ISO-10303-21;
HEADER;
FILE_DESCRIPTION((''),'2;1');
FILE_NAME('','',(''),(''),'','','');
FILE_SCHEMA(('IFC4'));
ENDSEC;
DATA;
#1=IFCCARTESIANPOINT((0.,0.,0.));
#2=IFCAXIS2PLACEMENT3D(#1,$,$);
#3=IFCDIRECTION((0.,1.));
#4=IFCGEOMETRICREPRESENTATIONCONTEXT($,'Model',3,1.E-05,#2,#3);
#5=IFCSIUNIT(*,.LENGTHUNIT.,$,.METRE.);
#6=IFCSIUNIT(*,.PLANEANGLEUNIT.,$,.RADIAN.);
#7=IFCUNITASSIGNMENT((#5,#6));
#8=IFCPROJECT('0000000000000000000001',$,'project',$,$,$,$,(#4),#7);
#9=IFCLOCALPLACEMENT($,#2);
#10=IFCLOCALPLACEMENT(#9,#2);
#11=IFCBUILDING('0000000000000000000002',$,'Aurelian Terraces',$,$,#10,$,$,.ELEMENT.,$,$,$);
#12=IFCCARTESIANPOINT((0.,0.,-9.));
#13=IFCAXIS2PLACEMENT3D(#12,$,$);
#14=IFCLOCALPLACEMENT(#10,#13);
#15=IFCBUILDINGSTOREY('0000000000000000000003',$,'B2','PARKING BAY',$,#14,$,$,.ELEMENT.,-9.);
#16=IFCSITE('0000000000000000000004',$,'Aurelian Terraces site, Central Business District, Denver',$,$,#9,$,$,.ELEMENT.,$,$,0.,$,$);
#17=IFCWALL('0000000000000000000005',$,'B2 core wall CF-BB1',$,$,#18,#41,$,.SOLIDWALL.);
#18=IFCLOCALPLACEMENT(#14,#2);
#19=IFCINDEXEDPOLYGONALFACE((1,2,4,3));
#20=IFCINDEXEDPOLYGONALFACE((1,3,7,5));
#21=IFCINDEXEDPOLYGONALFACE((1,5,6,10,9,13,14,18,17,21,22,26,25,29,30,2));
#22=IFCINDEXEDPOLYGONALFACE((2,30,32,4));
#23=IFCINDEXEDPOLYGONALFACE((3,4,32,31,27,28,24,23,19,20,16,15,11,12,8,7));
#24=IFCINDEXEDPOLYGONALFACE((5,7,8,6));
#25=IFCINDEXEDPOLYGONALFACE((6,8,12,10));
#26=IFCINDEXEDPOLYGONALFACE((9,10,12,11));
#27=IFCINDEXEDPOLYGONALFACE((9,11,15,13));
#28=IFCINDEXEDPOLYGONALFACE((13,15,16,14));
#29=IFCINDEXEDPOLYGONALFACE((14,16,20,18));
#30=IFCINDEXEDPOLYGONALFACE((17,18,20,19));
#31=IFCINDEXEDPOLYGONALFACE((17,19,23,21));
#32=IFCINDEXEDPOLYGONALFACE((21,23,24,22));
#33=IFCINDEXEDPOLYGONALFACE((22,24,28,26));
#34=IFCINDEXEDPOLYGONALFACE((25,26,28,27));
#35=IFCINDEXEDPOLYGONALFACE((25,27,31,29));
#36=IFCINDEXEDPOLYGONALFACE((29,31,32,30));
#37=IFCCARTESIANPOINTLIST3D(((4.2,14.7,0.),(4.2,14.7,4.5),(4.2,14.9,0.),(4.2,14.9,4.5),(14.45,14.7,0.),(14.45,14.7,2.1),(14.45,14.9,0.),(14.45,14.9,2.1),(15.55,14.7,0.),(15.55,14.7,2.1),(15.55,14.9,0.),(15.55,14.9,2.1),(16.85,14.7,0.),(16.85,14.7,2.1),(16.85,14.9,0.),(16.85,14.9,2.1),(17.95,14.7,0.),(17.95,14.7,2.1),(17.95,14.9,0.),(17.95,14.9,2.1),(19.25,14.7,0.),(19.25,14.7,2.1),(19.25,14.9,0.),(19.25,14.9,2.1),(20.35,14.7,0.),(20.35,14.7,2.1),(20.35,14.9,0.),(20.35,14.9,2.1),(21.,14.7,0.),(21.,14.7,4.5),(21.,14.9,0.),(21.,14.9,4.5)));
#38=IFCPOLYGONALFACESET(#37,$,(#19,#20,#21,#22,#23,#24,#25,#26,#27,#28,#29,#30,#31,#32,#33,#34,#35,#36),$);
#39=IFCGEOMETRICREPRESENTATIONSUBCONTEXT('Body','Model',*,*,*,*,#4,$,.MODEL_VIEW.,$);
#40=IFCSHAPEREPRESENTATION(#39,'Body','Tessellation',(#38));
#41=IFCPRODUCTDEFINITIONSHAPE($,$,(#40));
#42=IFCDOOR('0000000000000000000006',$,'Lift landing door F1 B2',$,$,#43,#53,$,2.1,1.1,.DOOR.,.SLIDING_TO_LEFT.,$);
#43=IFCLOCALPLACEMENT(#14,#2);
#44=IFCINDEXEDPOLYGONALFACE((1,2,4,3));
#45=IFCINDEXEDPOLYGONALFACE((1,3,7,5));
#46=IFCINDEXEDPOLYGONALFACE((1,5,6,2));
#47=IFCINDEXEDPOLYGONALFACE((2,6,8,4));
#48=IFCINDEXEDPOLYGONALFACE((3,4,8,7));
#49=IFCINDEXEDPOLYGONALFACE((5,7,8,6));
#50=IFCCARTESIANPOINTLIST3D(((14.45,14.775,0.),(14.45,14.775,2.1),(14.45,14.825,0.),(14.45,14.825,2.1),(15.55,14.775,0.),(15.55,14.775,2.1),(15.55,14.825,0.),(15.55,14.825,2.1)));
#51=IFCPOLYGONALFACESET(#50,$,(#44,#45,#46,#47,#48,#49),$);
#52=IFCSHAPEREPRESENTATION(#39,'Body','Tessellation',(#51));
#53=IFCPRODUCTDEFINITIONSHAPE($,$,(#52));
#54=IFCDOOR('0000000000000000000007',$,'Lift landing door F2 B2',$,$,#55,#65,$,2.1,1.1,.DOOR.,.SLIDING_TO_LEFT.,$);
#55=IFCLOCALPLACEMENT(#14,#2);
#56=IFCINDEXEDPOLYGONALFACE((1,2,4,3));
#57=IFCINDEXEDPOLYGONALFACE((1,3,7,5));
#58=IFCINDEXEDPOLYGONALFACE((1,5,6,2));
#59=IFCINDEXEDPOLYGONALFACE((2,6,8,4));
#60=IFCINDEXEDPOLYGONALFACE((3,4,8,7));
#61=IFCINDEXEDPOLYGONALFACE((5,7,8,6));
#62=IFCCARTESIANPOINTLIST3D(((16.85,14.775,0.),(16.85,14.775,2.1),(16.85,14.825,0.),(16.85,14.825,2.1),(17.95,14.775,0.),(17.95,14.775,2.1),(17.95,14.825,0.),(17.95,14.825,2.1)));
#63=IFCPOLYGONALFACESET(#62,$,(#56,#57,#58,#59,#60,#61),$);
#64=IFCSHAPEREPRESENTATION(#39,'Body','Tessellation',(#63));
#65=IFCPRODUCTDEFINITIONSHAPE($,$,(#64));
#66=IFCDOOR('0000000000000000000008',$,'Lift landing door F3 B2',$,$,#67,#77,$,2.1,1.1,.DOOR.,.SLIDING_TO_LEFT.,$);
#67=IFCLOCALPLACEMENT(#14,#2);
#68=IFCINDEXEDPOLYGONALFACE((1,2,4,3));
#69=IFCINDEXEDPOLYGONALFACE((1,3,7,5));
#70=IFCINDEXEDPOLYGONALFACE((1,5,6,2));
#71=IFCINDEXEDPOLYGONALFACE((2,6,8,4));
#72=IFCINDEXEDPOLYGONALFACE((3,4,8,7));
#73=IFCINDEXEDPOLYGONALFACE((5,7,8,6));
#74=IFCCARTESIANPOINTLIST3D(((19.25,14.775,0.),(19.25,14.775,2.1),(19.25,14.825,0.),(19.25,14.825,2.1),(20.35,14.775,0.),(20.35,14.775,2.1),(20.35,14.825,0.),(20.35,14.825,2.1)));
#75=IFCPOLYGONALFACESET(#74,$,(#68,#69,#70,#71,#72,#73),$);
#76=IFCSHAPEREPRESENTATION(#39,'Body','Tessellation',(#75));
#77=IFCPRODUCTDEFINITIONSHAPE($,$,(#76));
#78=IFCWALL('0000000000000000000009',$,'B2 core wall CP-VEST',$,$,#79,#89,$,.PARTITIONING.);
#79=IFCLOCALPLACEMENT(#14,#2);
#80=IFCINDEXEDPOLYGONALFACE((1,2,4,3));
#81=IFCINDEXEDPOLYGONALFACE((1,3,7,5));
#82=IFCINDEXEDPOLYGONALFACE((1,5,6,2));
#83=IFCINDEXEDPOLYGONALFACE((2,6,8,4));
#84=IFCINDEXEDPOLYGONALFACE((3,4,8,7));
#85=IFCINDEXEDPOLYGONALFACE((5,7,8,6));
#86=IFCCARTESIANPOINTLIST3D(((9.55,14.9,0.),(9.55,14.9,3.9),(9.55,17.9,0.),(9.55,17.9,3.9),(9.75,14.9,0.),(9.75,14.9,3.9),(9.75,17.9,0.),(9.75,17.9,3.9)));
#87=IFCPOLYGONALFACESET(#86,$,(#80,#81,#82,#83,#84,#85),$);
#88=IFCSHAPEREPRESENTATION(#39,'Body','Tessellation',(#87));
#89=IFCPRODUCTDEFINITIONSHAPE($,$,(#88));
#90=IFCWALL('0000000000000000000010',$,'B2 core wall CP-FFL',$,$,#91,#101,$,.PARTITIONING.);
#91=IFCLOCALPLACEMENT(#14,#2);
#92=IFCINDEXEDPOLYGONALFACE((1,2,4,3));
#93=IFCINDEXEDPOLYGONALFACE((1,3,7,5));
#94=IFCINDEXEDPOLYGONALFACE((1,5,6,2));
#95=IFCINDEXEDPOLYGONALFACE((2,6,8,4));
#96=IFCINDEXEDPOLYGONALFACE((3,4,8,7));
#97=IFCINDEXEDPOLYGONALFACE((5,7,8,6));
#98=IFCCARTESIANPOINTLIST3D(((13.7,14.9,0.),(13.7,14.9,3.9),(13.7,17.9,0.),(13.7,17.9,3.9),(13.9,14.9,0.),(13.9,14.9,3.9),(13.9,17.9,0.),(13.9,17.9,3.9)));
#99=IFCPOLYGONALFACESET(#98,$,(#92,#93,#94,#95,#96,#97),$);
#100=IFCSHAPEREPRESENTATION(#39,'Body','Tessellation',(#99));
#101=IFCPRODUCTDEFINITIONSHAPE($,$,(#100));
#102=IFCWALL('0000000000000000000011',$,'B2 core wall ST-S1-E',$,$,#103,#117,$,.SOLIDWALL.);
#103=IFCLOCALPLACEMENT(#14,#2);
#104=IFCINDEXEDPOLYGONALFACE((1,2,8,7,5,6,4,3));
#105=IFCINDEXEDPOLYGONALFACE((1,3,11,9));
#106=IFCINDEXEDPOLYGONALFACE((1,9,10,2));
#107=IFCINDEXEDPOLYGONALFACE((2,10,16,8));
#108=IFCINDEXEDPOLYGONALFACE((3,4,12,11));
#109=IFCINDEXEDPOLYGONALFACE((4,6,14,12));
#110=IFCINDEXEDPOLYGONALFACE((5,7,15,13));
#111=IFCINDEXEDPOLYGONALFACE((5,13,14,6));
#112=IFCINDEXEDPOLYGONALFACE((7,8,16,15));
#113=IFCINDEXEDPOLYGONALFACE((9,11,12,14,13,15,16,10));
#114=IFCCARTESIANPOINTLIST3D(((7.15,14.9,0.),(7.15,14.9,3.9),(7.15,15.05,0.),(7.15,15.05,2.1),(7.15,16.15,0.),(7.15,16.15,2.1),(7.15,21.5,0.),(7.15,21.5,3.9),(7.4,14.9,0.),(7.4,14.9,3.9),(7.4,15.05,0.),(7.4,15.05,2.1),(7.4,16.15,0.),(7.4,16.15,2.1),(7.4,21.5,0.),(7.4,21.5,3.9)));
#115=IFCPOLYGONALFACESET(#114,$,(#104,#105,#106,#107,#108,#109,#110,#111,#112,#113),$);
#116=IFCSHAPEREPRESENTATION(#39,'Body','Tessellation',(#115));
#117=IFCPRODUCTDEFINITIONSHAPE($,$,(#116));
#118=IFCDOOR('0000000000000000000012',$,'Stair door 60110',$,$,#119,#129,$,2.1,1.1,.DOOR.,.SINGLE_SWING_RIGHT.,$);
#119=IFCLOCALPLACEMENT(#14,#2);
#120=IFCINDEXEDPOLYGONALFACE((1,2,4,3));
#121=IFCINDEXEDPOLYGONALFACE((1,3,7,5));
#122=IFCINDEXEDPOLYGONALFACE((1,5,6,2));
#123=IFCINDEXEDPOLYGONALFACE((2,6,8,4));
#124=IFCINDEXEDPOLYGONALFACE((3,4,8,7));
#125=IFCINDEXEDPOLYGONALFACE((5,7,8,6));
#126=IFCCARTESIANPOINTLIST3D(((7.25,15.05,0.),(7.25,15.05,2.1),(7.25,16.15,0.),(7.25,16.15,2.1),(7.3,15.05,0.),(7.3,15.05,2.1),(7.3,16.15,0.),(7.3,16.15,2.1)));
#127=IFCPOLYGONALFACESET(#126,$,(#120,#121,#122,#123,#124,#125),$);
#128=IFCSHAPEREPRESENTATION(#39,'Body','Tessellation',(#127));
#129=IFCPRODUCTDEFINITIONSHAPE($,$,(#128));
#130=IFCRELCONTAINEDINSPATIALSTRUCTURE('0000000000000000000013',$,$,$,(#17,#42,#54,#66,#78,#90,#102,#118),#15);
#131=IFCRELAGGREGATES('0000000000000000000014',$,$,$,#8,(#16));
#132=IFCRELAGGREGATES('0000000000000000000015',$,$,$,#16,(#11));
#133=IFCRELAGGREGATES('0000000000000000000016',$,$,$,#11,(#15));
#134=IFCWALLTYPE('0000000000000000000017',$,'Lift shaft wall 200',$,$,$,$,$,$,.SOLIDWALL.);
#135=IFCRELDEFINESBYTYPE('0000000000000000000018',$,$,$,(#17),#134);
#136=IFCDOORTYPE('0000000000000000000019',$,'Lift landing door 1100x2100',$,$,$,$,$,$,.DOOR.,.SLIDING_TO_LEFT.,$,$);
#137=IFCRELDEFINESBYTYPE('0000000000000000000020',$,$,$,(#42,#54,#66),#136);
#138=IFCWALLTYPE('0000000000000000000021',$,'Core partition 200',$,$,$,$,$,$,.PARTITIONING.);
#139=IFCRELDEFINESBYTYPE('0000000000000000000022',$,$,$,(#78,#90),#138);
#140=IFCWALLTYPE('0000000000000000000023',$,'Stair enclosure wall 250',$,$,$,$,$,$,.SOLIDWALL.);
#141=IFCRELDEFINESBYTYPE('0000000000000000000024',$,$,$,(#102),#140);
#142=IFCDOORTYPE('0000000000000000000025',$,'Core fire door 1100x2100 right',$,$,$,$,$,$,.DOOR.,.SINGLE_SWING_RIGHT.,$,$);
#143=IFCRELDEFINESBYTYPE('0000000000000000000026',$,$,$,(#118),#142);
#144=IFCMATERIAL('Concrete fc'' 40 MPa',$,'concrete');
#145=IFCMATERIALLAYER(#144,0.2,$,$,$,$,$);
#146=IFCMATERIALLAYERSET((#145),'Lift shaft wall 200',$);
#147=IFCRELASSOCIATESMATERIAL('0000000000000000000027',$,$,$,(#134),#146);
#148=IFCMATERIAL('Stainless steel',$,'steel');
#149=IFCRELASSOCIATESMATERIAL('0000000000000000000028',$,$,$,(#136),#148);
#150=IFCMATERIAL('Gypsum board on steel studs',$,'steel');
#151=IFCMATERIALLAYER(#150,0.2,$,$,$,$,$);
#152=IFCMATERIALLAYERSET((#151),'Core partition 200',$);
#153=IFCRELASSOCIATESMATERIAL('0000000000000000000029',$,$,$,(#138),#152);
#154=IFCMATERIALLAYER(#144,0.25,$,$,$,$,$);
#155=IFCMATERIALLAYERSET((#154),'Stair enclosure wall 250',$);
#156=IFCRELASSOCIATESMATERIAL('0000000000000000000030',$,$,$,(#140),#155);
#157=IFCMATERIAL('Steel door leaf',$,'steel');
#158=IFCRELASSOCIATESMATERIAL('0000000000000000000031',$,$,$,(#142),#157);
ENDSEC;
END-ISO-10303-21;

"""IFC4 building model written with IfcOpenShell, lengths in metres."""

from ifc_helpers import new_model, si_unit, direction, frame, frame_2d, origin, place, context, subcontext, project, spatial, rectangle, extrude, source, transform, mapped, material, layer, layer_set, type_object, element, fill, save


model = new_model("IFC4")

# Units and contexts
model_context = context("Model", 3, precision=1e-05, world=origin(), true_north=direction((0.0, 1.0)))
body_context = subcontext(model_context, "Body", "Model", "MODEL_VIEW")
ifc_project = project(units=[si_unit("LENGTHUNIT", "METRE"), si_unit("PLANEANGLEUNIT", "RADIAN")], contexts=[model_context])

# Site, building, storey
site_placement = place(None, origin())
site = spatial("IfcSite", under=ifc_project, at=site_placement, Name="Aurelian Terraces site, Central Business District, Denver", CompositionType="ELEMENT", RefElevation=0.0)
building_placement = place(site_placement, origin())
building = spatial("IfcBuilding", under=site, at=building_placement, Name="Aurelian Terraces", CompositionType="ELEMENT")
storey_placement = place(building_placement, frame((0.0, 0.0, -9.0)))
storey = spatial("IfcBuildingStorey", under=building, at=storey_placement, Name="B2", Description="PARKING BAY", CompositionType="ELEMENT", Elevation=-9.0)

# Shared definitions
ifc_material_1 = material(Name="Steel door leaf", Category="steel")

# Shared definitions
ifc_material_2 = material(Name="Concrete fc' 40 MPa", Category="concrete")
ifc_layer_1 = layer(ifc_material_2, 0.2)
ifc_layer_set_1 = layer_set([ifc_layer_1], Name="Lift shaft wall 200")
wall_type_1 = type_object("IfcWallType", Name="Lift shaft wall 200", PredefinedType="SOLIDWALL", material=ifc_layer_set_1)

# Wall, openings, doors
shared_shape_1 = source(origin(), body_context, "Body", "SweptSolid", [
    extrude(rectangle(XDim=16.8, YDim=0.2, at=frame_2d((8.4, 0.0))), origin(), (0.0, 0.0, 1.0), 4.5),
])
wall_1_placement = place(storey_placement, frame((4.2, 14.8, 0.0), z_axis=(0.0, 0.0, 1.0), x_axis=(1.0, 0.0, 0.0)))
wall_1 = element("IfcWall", 1, at=wall_1_placement, inside=storey, type_object=wall_type_1, Name="B2 core wall CF-BB1", PredefinedType="SOLIDWALL", context=body_context, shape_type="MappedRepresentation", body=[
    mapped(shared_shape_1, transform((0.0, 0.0, 0.0), scale=1.0)),
])
shared_shape_2 = source(origin(), body_context, "Body", "SweptSolid", [
    extrude(rectangle(XDim=1.1, YDim=2.1, at=frame_2d((0.55, 1.05))), frame((0.0, 0.11, 0.0), z_axis=(0.0, -1.0, 0.0), x_axis=(1.0, 0.0, 0.0)), (0.0, 0.0, 1.0), 0.22),
])
opening_1_placement = place(wall_1_placement, frame((10.25, 0.0, 0.0)))
opening_1 = element("IfcOpeningElement", 2, at=opening_1_placement, cuts=wall_1, PredefinedType="OPENING", context=body_context, shape_type="MappedRepresentation", body=[
    mapped(shared_shape_2, transform((0.0, 0.0, 0.0), scale=1.0)),
])
opening_2_placement = place(wall_1_placement, frame((12.65, 0.0, 0.0)))
opening_2 = element("IfcOpeningElement", 3, at=opening_2_placement, cuts=wall_1, PredefinedType="OPENING", context=body_context, shape_type="MappedRepresentation", body=[
    mapped(shared_shape_2, transform((0.0, 0.0, 0.0), scale=1.0)),
])
opening_3_placement = place(wall_1_placement, frame((15.05, 0.0, 0.0)))
opening_3 = element("IfcOpeningElement", 4, at=opening_3_placement, cuts=wall_1, PredefinedType="OPENING", context=body_context, shape_type="MappedRepresentation", body=[
    mapped(shared_shape_2, transform((0.0, 0.0, 0.0), scale=1.0)),
])
ifc_material_3 = material(Name="Stainless steel", Category="steel")
door_type_1 = type_object("IfcDoorType", Name="Lift landing door 1100x2100", OperationType="SLIDING_TO_LEFT", PredefinedType="DOOR", material=ifc_material_3)
shared_shape_3 = source(origin(), body_context, "Body", "SweptSolid", [
    extrude(rectangle(XDim=1.1, YDim=2.1, at=frame_2d((0.55, 1.05))), frame((0.0, 0.025, 0.0), z_axis=(0.0, -1.0, 0.0), x_axis=(1.0, 0.0, 0.0)), (0.0, 0.0, 1.0), 0.05),
])
door_1_placement = place(opening_1_placement, origin())
door_1 = element("IfcDoor", 5, at=door_1_placement, inside=storey, type_object=door_type_1, Name="Lift landing door F1 B2", OperationType="SLIDING_TO_LEFT", OverallHeight=2.1, OverallWidth=1.1, PredefinedType="DOOR", context=body_context, shape_type="MappedRepresentation", body=[
    mapped(shared_shape_3, transform((0.0, 0.0, 0.0), scale=1.0)),
])
fill(opening_1, door_1)
door_2_placement = place(opening_2_placement, origin())
door_2 = element("IfcDoor", 6, at=door_2_placement, inside=storey, type_object=door_type_1, Name="Lift landing door F2 B2", OperationType="SLIDING_TO_LEFT", OverallHeight=2.1, OverallWidth=1.1, PredefinedType="DOOR", context=body_context, shape_type="MappedRepresentation", body=[
    mapped(shared_shape_3, transform((0.0, 0.0, 0.0), scale=1.0)),
])
fill(opening_2, door_2)
door_3_placement = place(opening_3_placement, origin())
door_3 = element("IfcDoor", 7, at=door_3_placement, inside=storey, type_object=door_type_1, Name="Lift landing door F3 B2", OperationType="SLIDING_TO_LEFT", OverallHeight=2.1, OverallWidth=1.1, PredefinedType="DOOR", context=body_context, shape_type="MappedRepresentation", body=[
    mapped(shared_shape_3, transform((0.0, 0.0, 0.0), scale=1.0)),
])
fill(opening_3, door_3)

# Walls
ifc_material_4 = material(Name="Gypsum board on steel studs", Category="steel")
ifc_layer_2 = layer(ifc_material_4, 0.2)
ifc_layer_set_2 = layer_set([ifc_layer_2], Name="Core partition 200")
wall_type_2 = type_object("IfcWallType", Name="Core partition 200", PredefinedType="PARTITIONING", material=ifc_layer_set_2)
shared_shape_4 = source(origin(), body_context, "Body", "SweptSolid", [
    extrude(rectangle(XDim=3.0, YDim=0.2, at=frame_2d((1.5, 0.0))), origin(), (0.0, 0.0, 1.0), 3.9),
])
for number, where, z_axis, x_axis, name in (
    (8, (9.65, 14.9, 0.0), (0.0, 0.0, 1.0), (0.0, 1.0, 0.0), "B2 core wall CP-VEST"),
    (9, (13.8, 14.9, 0.0), (0.0, 0.0, 1.0), (0.0, 1.0, 0.0), "B2 core wall CP-FFL"),
):
    element("IfcWall", number, at=place(storey_placement, frame(where, z_axis=z_axis, x_axis=x_axis)), inside=storey, type_object=wall_type_2, Name=name, PredefinedType="PARTITIONING", context=body_context, shape_type="MappedRepresentation", body=[
        mapped(shared_shape_4, transform((0.0, 0.0, 0.0), scale=1.0)),
    ])

# Wall, opening, door
ifc_layer_3 = layer(ifc_material_2, 0.25)
ifc_layer_set_3 = layer_set([ifc_layer_3], Name="Stair enclosure wall 250")
wall_type_3 = type_object("IfcWallType", Name="Stair enclosure wall 250", PredefinedType="SOLIDWALL", material=ifc_layer_set_3)
shared_shape_5 = source(origin(), body_context, "Body", "SweptSolid", [
    extrude(rectangle(XDim=6.6, YDim=0.25, at=frame_2d((3.3, 0.0))), origin(), (0.0, 0.0, 1.0), 3.9),
])
wall_2_placement = place(storey_placement, frame((7.275, 14.9, 0.0), z_axis=(0.0, 0.0, 1.0), x_axis=(0.0, 1.0, 0.0)))
wall_2 = element("IfcWall", 10, at=wall_2_placement, inside=storey, type_object=wall_type_3, Name="B2 core wall ST-S1-E", PredefinedType="SOLIDWALL", context=body_context, shape_type="MappedRepresentation", body=[
    mapped(shared_shape_5, transform((0.0, 0.0, 0.0), scale=1.0)),
])
shared_shape_6 = source(origin(), body_context, "Body", "SweptSolid", [
    extrude(rectangle(XDim=1.1, YDim=2.1, at=frame_2d((0.55, 1.05))), frame((0.0, 0.135, 0.0), z_axis=(0.0, -1.0, 0.0), x_axis=(1.0, 0.0, 0.0)), (0.0, 0.0, 1.0), 0.27),
])
opening_4_placement = place(wall_2_placement, frame((0.15, 0.0, 0.0)))
opening_4 = element("IfcOpeningElement", 11, at=opening_4_placement, cuts=wall_2, PredefinedType="OPENING", context=body_context, shape_type="MappedRepresentation", body=[
    mapped(shared_shape_6, transform((0.0, 0.0, 0.0), scale=1.0)),
])
door_type_2 = type_object("IfcDoorType", Name="Core fire door 1100x2100 right", OperationType="SINGLE_SWING_RIGHT", PredefinedType="DOOR", material=ifc_material_1)
door_4_placement = place(opening_4_placement, origin())
door_4 = element("IfcDoor", 12, at=door_4_placement, inside=storey, type_object=door_type_2, Name="Stair door 60110", OperationType="SINGLE_SWING_RIGHT", OverallHeight=2.1, OverallWidth=1.1, PredefinedType="DOOR", context=body_context, shape_type="MappedRepresentation", body=[
    mapped(shared_shape_3, transform((0.0, 0.0, 0.0), scale=1.0)),
])
fill(opening_4, door_4)

save(model, "model.ifc")
